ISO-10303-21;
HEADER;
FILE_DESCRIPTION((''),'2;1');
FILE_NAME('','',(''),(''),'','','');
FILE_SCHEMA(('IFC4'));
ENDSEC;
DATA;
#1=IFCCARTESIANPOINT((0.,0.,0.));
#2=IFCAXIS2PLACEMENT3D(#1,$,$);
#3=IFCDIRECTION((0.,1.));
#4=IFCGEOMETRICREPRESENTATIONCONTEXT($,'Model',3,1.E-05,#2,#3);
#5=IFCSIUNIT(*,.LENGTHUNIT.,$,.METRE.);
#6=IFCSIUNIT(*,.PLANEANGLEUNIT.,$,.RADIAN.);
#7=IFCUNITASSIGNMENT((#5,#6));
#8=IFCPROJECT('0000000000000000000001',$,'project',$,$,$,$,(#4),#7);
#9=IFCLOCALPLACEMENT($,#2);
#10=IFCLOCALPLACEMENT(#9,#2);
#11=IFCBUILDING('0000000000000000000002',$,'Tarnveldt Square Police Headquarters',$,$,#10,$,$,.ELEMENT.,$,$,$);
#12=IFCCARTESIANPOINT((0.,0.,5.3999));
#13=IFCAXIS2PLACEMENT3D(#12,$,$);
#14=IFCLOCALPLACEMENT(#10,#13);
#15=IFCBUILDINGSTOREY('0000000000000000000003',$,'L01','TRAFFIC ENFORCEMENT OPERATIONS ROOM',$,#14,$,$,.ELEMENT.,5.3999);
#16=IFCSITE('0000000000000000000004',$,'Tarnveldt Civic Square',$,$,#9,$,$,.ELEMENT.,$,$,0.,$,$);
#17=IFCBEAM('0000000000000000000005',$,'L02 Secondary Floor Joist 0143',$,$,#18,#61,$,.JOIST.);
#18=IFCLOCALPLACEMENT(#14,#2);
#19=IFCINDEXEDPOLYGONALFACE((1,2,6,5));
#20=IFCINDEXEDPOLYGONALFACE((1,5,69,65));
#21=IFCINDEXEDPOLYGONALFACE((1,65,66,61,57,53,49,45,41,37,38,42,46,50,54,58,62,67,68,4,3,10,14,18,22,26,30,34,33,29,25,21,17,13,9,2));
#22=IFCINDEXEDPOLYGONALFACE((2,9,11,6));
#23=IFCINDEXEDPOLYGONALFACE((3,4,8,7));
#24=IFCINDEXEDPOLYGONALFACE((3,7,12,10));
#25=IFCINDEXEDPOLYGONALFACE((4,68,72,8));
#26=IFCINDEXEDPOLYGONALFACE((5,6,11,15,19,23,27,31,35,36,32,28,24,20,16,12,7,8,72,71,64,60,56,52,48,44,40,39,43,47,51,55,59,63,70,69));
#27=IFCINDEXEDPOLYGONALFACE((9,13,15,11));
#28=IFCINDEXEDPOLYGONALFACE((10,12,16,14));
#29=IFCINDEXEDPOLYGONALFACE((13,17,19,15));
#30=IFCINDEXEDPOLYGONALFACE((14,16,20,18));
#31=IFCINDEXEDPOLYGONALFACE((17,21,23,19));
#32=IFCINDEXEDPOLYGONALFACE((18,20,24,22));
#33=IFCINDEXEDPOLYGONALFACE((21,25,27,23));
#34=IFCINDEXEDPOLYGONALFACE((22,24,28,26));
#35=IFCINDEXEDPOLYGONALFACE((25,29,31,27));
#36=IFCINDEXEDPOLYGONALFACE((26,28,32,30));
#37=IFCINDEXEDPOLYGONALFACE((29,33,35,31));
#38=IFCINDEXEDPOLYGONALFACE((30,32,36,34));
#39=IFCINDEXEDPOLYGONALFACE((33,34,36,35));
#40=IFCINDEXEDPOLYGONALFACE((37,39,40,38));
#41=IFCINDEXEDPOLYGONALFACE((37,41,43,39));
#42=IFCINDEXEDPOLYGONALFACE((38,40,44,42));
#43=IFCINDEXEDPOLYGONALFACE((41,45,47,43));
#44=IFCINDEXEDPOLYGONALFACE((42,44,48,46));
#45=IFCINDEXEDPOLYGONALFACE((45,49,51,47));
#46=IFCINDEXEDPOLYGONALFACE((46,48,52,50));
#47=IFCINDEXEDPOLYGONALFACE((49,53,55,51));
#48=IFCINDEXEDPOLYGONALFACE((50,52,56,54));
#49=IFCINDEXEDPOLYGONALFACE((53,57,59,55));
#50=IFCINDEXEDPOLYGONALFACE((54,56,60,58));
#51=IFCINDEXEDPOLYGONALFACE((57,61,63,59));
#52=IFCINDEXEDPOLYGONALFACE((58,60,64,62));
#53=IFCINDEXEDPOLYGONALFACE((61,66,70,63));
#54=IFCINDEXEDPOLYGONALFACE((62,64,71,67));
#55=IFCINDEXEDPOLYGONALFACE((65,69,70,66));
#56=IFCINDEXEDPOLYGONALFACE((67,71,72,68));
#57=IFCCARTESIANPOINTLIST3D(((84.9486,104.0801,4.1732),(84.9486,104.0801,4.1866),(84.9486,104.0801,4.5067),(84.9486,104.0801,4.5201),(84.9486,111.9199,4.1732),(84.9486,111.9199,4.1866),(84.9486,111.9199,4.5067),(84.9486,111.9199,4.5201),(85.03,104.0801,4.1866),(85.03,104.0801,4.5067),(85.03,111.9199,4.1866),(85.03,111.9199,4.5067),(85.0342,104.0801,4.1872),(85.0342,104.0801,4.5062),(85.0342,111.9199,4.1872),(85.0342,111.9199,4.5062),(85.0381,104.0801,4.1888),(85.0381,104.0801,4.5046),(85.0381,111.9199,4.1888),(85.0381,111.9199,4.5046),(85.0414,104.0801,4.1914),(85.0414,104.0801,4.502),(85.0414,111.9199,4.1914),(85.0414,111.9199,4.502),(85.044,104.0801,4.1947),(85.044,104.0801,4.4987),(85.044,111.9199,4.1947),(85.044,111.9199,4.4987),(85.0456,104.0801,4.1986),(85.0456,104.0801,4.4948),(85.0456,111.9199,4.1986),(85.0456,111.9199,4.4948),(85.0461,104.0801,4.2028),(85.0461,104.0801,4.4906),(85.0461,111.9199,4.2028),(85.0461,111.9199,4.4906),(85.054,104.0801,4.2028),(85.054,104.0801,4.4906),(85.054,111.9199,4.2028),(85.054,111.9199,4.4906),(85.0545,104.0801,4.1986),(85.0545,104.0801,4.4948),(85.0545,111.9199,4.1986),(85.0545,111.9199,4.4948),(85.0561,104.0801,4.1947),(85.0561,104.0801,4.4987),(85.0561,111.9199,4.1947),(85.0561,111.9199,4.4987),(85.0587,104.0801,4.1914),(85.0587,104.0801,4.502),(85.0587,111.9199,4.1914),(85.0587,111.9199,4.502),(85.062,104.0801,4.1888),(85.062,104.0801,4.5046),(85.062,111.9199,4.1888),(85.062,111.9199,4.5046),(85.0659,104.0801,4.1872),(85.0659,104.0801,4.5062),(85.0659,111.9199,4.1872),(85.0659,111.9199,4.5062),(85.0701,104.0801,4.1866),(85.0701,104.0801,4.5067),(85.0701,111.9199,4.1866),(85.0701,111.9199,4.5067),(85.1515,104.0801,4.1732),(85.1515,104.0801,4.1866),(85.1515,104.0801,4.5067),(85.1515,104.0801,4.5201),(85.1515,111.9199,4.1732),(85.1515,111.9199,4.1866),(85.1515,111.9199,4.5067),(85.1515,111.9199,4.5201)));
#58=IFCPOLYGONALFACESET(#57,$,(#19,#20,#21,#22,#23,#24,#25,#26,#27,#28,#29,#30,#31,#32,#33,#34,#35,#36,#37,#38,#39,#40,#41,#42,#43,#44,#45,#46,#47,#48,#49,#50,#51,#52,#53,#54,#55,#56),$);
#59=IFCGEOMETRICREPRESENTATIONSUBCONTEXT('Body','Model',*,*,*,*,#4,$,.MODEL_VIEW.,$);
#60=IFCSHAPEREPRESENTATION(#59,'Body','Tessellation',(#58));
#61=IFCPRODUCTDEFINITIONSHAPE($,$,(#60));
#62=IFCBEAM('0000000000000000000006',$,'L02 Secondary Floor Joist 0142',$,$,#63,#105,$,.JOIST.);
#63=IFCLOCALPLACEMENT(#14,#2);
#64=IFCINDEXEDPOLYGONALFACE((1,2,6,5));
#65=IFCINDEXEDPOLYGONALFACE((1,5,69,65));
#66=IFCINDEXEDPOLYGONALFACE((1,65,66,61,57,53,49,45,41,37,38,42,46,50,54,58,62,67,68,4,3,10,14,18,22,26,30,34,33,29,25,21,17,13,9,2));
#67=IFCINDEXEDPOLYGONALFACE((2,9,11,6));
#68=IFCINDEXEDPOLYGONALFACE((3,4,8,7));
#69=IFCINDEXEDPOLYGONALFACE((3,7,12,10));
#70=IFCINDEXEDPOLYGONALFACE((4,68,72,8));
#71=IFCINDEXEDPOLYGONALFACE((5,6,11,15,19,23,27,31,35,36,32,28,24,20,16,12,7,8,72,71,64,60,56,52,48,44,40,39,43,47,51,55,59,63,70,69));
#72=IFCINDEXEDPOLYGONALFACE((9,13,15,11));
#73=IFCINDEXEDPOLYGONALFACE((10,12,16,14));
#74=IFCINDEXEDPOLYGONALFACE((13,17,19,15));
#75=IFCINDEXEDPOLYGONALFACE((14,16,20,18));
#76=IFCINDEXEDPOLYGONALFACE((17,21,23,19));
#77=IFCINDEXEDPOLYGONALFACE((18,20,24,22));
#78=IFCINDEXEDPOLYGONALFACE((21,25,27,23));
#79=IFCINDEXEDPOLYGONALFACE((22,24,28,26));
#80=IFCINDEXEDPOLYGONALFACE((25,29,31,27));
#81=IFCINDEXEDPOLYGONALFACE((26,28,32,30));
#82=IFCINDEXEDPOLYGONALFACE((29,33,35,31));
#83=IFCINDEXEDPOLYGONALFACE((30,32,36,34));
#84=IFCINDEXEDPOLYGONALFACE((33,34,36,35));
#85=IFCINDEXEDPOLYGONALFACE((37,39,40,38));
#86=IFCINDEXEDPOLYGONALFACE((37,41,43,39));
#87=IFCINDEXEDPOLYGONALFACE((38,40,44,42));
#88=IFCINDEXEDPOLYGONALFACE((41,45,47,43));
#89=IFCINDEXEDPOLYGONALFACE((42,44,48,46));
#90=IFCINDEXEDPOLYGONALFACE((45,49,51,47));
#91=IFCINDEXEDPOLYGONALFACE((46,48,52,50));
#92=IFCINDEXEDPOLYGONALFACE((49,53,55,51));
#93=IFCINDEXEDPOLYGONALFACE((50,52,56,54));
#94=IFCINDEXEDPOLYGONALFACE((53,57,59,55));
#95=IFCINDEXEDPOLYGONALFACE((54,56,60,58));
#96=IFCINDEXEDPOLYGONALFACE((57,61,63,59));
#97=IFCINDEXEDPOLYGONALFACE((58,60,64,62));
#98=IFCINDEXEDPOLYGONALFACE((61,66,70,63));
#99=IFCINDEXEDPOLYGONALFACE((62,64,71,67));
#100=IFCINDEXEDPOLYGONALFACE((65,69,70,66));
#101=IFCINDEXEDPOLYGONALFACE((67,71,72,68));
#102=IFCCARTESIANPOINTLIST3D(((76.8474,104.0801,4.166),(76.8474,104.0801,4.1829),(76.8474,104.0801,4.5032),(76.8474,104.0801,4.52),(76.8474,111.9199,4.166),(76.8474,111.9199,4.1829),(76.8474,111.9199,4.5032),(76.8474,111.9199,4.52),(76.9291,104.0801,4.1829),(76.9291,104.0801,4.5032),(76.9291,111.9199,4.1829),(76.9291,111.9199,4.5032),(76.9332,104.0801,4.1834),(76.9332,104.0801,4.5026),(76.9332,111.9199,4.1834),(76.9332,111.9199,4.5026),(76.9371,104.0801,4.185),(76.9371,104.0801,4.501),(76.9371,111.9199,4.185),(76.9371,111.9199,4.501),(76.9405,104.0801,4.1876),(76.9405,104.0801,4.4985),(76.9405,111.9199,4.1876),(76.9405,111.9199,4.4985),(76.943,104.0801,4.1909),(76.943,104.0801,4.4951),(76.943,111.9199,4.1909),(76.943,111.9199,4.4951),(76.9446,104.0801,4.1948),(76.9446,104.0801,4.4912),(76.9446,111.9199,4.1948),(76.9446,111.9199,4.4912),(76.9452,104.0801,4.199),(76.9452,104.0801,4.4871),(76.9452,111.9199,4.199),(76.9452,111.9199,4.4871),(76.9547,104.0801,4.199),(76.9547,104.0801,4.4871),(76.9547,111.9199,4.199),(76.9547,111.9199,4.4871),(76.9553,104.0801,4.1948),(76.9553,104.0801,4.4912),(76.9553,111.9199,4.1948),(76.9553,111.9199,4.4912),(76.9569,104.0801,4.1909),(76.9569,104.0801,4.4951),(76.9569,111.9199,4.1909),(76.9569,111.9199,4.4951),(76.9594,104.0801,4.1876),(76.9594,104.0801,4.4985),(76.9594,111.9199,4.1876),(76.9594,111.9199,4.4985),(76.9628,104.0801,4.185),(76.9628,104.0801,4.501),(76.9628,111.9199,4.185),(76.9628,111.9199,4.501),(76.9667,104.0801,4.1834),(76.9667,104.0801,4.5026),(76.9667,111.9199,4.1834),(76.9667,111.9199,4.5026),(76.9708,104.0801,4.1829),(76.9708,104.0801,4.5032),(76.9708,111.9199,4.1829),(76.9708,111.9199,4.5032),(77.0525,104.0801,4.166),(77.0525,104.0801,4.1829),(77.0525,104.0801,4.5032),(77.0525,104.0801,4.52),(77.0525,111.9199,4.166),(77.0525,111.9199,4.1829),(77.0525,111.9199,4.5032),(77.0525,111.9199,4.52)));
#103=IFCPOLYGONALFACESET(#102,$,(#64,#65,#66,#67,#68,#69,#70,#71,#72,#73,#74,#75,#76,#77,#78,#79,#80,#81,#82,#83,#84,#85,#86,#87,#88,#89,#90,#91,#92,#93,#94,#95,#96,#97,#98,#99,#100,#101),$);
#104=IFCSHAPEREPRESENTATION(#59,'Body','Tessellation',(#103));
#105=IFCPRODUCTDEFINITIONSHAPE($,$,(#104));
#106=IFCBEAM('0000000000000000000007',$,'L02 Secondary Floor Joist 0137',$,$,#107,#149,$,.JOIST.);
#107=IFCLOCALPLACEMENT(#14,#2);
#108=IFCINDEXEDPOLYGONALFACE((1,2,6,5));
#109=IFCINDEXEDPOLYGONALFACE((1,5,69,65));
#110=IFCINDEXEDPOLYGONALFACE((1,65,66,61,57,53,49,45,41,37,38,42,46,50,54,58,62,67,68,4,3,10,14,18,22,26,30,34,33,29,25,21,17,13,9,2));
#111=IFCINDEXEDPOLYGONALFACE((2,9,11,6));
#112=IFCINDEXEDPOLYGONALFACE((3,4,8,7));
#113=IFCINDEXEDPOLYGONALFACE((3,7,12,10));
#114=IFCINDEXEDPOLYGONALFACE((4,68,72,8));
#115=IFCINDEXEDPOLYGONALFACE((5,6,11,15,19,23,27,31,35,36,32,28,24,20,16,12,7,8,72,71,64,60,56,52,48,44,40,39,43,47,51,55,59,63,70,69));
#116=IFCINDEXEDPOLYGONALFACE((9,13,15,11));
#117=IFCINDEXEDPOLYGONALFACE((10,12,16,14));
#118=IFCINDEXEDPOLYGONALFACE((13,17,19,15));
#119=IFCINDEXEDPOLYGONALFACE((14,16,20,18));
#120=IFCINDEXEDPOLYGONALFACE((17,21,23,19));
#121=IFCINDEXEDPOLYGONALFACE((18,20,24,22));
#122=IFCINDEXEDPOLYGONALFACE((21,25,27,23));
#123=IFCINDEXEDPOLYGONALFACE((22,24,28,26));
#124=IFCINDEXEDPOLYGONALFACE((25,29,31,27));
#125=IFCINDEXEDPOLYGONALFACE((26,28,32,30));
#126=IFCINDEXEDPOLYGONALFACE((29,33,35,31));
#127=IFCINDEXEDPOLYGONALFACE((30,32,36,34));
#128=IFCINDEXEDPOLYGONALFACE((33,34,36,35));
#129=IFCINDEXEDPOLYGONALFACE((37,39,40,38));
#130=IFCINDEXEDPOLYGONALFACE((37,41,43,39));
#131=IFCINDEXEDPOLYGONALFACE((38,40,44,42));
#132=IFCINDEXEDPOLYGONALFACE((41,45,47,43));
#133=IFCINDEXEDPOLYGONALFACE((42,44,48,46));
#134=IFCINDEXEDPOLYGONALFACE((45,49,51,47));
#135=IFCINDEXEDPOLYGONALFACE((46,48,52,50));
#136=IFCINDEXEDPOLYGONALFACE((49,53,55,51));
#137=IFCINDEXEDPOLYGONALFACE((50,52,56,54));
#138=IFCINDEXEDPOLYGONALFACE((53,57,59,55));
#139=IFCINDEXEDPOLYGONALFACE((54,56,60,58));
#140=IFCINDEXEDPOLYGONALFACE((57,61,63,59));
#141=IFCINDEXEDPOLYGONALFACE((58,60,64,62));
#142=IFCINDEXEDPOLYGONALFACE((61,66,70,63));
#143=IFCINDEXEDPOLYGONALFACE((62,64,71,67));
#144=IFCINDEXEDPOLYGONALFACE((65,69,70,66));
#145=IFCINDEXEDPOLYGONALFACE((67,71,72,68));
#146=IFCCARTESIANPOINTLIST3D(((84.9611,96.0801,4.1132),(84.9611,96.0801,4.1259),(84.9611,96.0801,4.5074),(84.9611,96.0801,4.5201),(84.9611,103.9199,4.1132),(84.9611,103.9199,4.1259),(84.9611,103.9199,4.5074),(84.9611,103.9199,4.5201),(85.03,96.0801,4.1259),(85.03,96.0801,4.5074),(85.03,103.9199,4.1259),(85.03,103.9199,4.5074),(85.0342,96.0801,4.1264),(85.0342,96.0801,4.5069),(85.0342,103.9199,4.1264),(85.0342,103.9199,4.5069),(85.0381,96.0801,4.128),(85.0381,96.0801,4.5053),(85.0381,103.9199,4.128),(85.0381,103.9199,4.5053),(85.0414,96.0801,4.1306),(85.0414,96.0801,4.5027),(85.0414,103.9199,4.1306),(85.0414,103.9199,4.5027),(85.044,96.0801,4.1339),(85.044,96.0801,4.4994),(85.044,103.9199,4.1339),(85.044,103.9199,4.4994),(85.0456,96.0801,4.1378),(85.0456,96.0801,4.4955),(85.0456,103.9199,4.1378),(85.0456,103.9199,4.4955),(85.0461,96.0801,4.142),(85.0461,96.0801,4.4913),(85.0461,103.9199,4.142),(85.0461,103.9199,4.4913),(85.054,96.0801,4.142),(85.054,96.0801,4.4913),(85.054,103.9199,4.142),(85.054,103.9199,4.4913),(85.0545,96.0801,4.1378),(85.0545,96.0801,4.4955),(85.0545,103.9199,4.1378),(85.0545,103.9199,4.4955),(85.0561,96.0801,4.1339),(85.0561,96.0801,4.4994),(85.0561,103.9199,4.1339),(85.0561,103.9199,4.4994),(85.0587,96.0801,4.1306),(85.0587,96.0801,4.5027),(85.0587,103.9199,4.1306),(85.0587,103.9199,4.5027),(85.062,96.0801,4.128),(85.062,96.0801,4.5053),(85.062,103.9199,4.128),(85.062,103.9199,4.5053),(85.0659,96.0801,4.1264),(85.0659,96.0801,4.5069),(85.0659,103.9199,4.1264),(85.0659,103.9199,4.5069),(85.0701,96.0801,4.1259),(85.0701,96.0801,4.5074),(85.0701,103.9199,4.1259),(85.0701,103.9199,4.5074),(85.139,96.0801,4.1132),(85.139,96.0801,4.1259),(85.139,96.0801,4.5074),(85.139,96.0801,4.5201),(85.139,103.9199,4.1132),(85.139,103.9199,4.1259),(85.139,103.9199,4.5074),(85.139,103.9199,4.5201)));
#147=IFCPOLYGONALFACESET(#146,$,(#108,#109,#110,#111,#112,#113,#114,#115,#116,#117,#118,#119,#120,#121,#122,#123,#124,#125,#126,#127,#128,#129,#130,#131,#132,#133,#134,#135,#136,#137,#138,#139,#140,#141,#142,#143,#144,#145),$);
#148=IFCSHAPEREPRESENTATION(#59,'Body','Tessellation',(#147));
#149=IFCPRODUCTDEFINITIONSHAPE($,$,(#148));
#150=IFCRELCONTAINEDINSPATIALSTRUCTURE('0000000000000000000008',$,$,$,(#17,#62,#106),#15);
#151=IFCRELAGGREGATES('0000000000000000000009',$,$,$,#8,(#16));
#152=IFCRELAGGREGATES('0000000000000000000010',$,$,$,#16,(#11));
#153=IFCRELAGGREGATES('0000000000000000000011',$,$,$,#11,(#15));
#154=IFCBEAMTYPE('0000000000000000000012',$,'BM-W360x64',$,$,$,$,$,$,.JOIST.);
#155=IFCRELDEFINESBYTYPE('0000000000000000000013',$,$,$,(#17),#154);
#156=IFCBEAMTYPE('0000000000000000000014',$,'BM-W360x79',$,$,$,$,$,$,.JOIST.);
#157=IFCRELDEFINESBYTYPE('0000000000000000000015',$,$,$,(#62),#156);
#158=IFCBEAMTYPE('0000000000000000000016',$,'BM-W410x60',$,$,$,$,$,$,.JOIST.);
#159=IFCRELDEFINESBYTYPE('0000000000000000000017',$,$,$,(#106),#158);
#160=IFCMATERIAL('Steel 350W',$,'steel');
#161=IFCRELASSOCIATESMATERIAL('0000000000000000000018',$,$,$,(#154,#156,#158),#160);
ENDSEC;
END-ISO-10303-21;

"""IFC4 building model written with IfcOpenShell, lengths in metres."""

from ifc_helpers import new_model, si_unit, direction, frame, origin, origin_2d, place, context, subcontext, project, spatial, i_section, extrude, material, material_profile, profile_set, type_object, element, save


model = new_model("IFC4")

# Units and contexts
model_context = context("Model", 3, precision=1e-05, world=origin(), true_north=direction((0.0, 1.0)))
body_context = subcontext(model_context, "Body", "Model", "MODEL_VIEW")
ifc_project = project(units=[si_unit("LENGTHUNIT", "METRE"), si_unit("PLANEANGLEUNIT", "RADIAN")], contexts=[model_context])

# Site, building, storey
site_placement = place(None, origin())
site = spatial("IfcSite", under=ifc_project, at=site_placement, Name="Tarnveldt Civic Square", CompositionType="ELEMENT", RefElevation=0.0)
building_placement = place(site_placement, origin())
building = spatial("IfcBuilding", under=site, at=building_placement, Name="Tarnveldt Square Police Headquarters", CompositionType="ELEMENT")
storey_placement = place(building_placement, frame((0.0, 0.0, 5.3999)))
storey = spatial("IfcBuildingStorey", under=building, at=storey_placement, Name="L01", Description="TRAFFIC ENFORCEMENT OPERATIONS ROOM", CompositionType="ELEMENT", Elevation=5.3999)

# Beams
ifc_material_1 = material(Name="Steel 350W", Category="steel")
ifc_material_profile_1 = material_profile(ifc_material_1, i_section(OverallWidth=0.2029, OverallDepth=0.3469, WebThickness=0.0078, FlangeThickness=0.0134, FilletRadius=0.0161, at=origin_2d()), Name="W360x64")
ifc_profile_set_1 = profile_set([ifc_material_profile_1], Name="Steel 350W")
beam_type_1 = type_object("IfcBeamType", Name="BM-W360x64", PredefinedType="JOIST", material=ifc_profile_set_1)
beam_1_placement = place(storey_placement, frame((85.05, 104.0801, 4.3467), z_axis=(0.0, 1.0, 0.0), x_axis=(-1.0, 0.0, 0.0)))
element("IfcBeam", 1, at=beam_1_placement, inside=storey, type_object=beam_type_1, Name="L02 Secondary Floor Joist 0143", PredefinedType="JOIST", context=body_context, shape_type="SweptSolid", body=[
    extrude(i_section(OverallWidth=0.2029, OverallDepth=0.3469, WebThickness=0.0078, FlangeThickness=0.0134, FilletRadius=0.0161, at=origin_2d()), origin(), (0.0, 0.0, 1.0), 7.8398),
])
ifc_material_profile_2 = material_profile(ifc_material_1, i_section(OverallWidth=0.2051, OverallDepth=0.354, WebThickness=0.0095, FlangeThickness=0.0168, FilletRadius=0.0161, at=origin_2d()), Name="W360x79")
ifc_profile_set_2 = profile_set([ifc_material_profile_2], Name="Steel 350W")
beam_type_2 = type_object("IfcBeamType", Name="BM-W360x79", PredefinedType="JOIST", material=ifc_profile_set_2)
beam_2_placement = place(storey_placement, frame((76.95, 104.0801, 4.343), z_axis=(0.0, 1.0, 0.0), x_axis=(-1.0, 0.0, 0.0)))
element("IfcBeam", 2, at=beam_2_placement, inside=storey, type_object=beam_type_2, Name="L02 Secondary Floor Joist 0142", PredefinedType="JOIST", context=body_context, shape_type="SweptSolid", body=[
    extrude(i_section(OverallWidth=0.2051, OverallDepth=0.354, WebThickness=0.0095, FlangeThickness=0.0168, FilletRadius=0.0161, at=origin_2d()), origin(), (0.0, 0.0, 1.0), 7.8398),
])
ifc_material_profile_3 = material_profile(ifc_material_1, i_section(OverallWidth=0.178, OverallDepth=0.407, WebThickness=0.0078, FlangeThickness=0.0127, FilletRadius=0.0161, at=origin_2d()), Name="W410x60")
ifc_profile_set_3 = profile_set([ifc_material_profile_3], Name="Steel 350W")
beam_type_3 = type_object("IfcBeamType", Name="BM-W410x60", PredefinedType="JOIST", material=ifc_profile_set_3)
beam_3_placement = place(storey_placement, frame((85.05, 96.0801, 4.3167), z_axis=(0.0, 1.0, 0.0), x_axis=(-1.0, 0.0, 0.0)))
element("IfcBeam", 3, at=beam_3_placement, inside=storey, type_object=beam_type_3, Name="L02 Secondary Floor Joist 0137", PredefinedType="JOIST", context=body_context, shape_type="SweptSolid", body=[
    extrude(i_section(OverallWidth=0.178, OverallDepth=0.407, WebThickness=0.0078, FlangeThickness=0.0127, FilletRadius=0.0161, at=origin_2d()), origin(), (0.0, 0.0, 1.0), 7.8398),
])

save(model, "model.ifc")
